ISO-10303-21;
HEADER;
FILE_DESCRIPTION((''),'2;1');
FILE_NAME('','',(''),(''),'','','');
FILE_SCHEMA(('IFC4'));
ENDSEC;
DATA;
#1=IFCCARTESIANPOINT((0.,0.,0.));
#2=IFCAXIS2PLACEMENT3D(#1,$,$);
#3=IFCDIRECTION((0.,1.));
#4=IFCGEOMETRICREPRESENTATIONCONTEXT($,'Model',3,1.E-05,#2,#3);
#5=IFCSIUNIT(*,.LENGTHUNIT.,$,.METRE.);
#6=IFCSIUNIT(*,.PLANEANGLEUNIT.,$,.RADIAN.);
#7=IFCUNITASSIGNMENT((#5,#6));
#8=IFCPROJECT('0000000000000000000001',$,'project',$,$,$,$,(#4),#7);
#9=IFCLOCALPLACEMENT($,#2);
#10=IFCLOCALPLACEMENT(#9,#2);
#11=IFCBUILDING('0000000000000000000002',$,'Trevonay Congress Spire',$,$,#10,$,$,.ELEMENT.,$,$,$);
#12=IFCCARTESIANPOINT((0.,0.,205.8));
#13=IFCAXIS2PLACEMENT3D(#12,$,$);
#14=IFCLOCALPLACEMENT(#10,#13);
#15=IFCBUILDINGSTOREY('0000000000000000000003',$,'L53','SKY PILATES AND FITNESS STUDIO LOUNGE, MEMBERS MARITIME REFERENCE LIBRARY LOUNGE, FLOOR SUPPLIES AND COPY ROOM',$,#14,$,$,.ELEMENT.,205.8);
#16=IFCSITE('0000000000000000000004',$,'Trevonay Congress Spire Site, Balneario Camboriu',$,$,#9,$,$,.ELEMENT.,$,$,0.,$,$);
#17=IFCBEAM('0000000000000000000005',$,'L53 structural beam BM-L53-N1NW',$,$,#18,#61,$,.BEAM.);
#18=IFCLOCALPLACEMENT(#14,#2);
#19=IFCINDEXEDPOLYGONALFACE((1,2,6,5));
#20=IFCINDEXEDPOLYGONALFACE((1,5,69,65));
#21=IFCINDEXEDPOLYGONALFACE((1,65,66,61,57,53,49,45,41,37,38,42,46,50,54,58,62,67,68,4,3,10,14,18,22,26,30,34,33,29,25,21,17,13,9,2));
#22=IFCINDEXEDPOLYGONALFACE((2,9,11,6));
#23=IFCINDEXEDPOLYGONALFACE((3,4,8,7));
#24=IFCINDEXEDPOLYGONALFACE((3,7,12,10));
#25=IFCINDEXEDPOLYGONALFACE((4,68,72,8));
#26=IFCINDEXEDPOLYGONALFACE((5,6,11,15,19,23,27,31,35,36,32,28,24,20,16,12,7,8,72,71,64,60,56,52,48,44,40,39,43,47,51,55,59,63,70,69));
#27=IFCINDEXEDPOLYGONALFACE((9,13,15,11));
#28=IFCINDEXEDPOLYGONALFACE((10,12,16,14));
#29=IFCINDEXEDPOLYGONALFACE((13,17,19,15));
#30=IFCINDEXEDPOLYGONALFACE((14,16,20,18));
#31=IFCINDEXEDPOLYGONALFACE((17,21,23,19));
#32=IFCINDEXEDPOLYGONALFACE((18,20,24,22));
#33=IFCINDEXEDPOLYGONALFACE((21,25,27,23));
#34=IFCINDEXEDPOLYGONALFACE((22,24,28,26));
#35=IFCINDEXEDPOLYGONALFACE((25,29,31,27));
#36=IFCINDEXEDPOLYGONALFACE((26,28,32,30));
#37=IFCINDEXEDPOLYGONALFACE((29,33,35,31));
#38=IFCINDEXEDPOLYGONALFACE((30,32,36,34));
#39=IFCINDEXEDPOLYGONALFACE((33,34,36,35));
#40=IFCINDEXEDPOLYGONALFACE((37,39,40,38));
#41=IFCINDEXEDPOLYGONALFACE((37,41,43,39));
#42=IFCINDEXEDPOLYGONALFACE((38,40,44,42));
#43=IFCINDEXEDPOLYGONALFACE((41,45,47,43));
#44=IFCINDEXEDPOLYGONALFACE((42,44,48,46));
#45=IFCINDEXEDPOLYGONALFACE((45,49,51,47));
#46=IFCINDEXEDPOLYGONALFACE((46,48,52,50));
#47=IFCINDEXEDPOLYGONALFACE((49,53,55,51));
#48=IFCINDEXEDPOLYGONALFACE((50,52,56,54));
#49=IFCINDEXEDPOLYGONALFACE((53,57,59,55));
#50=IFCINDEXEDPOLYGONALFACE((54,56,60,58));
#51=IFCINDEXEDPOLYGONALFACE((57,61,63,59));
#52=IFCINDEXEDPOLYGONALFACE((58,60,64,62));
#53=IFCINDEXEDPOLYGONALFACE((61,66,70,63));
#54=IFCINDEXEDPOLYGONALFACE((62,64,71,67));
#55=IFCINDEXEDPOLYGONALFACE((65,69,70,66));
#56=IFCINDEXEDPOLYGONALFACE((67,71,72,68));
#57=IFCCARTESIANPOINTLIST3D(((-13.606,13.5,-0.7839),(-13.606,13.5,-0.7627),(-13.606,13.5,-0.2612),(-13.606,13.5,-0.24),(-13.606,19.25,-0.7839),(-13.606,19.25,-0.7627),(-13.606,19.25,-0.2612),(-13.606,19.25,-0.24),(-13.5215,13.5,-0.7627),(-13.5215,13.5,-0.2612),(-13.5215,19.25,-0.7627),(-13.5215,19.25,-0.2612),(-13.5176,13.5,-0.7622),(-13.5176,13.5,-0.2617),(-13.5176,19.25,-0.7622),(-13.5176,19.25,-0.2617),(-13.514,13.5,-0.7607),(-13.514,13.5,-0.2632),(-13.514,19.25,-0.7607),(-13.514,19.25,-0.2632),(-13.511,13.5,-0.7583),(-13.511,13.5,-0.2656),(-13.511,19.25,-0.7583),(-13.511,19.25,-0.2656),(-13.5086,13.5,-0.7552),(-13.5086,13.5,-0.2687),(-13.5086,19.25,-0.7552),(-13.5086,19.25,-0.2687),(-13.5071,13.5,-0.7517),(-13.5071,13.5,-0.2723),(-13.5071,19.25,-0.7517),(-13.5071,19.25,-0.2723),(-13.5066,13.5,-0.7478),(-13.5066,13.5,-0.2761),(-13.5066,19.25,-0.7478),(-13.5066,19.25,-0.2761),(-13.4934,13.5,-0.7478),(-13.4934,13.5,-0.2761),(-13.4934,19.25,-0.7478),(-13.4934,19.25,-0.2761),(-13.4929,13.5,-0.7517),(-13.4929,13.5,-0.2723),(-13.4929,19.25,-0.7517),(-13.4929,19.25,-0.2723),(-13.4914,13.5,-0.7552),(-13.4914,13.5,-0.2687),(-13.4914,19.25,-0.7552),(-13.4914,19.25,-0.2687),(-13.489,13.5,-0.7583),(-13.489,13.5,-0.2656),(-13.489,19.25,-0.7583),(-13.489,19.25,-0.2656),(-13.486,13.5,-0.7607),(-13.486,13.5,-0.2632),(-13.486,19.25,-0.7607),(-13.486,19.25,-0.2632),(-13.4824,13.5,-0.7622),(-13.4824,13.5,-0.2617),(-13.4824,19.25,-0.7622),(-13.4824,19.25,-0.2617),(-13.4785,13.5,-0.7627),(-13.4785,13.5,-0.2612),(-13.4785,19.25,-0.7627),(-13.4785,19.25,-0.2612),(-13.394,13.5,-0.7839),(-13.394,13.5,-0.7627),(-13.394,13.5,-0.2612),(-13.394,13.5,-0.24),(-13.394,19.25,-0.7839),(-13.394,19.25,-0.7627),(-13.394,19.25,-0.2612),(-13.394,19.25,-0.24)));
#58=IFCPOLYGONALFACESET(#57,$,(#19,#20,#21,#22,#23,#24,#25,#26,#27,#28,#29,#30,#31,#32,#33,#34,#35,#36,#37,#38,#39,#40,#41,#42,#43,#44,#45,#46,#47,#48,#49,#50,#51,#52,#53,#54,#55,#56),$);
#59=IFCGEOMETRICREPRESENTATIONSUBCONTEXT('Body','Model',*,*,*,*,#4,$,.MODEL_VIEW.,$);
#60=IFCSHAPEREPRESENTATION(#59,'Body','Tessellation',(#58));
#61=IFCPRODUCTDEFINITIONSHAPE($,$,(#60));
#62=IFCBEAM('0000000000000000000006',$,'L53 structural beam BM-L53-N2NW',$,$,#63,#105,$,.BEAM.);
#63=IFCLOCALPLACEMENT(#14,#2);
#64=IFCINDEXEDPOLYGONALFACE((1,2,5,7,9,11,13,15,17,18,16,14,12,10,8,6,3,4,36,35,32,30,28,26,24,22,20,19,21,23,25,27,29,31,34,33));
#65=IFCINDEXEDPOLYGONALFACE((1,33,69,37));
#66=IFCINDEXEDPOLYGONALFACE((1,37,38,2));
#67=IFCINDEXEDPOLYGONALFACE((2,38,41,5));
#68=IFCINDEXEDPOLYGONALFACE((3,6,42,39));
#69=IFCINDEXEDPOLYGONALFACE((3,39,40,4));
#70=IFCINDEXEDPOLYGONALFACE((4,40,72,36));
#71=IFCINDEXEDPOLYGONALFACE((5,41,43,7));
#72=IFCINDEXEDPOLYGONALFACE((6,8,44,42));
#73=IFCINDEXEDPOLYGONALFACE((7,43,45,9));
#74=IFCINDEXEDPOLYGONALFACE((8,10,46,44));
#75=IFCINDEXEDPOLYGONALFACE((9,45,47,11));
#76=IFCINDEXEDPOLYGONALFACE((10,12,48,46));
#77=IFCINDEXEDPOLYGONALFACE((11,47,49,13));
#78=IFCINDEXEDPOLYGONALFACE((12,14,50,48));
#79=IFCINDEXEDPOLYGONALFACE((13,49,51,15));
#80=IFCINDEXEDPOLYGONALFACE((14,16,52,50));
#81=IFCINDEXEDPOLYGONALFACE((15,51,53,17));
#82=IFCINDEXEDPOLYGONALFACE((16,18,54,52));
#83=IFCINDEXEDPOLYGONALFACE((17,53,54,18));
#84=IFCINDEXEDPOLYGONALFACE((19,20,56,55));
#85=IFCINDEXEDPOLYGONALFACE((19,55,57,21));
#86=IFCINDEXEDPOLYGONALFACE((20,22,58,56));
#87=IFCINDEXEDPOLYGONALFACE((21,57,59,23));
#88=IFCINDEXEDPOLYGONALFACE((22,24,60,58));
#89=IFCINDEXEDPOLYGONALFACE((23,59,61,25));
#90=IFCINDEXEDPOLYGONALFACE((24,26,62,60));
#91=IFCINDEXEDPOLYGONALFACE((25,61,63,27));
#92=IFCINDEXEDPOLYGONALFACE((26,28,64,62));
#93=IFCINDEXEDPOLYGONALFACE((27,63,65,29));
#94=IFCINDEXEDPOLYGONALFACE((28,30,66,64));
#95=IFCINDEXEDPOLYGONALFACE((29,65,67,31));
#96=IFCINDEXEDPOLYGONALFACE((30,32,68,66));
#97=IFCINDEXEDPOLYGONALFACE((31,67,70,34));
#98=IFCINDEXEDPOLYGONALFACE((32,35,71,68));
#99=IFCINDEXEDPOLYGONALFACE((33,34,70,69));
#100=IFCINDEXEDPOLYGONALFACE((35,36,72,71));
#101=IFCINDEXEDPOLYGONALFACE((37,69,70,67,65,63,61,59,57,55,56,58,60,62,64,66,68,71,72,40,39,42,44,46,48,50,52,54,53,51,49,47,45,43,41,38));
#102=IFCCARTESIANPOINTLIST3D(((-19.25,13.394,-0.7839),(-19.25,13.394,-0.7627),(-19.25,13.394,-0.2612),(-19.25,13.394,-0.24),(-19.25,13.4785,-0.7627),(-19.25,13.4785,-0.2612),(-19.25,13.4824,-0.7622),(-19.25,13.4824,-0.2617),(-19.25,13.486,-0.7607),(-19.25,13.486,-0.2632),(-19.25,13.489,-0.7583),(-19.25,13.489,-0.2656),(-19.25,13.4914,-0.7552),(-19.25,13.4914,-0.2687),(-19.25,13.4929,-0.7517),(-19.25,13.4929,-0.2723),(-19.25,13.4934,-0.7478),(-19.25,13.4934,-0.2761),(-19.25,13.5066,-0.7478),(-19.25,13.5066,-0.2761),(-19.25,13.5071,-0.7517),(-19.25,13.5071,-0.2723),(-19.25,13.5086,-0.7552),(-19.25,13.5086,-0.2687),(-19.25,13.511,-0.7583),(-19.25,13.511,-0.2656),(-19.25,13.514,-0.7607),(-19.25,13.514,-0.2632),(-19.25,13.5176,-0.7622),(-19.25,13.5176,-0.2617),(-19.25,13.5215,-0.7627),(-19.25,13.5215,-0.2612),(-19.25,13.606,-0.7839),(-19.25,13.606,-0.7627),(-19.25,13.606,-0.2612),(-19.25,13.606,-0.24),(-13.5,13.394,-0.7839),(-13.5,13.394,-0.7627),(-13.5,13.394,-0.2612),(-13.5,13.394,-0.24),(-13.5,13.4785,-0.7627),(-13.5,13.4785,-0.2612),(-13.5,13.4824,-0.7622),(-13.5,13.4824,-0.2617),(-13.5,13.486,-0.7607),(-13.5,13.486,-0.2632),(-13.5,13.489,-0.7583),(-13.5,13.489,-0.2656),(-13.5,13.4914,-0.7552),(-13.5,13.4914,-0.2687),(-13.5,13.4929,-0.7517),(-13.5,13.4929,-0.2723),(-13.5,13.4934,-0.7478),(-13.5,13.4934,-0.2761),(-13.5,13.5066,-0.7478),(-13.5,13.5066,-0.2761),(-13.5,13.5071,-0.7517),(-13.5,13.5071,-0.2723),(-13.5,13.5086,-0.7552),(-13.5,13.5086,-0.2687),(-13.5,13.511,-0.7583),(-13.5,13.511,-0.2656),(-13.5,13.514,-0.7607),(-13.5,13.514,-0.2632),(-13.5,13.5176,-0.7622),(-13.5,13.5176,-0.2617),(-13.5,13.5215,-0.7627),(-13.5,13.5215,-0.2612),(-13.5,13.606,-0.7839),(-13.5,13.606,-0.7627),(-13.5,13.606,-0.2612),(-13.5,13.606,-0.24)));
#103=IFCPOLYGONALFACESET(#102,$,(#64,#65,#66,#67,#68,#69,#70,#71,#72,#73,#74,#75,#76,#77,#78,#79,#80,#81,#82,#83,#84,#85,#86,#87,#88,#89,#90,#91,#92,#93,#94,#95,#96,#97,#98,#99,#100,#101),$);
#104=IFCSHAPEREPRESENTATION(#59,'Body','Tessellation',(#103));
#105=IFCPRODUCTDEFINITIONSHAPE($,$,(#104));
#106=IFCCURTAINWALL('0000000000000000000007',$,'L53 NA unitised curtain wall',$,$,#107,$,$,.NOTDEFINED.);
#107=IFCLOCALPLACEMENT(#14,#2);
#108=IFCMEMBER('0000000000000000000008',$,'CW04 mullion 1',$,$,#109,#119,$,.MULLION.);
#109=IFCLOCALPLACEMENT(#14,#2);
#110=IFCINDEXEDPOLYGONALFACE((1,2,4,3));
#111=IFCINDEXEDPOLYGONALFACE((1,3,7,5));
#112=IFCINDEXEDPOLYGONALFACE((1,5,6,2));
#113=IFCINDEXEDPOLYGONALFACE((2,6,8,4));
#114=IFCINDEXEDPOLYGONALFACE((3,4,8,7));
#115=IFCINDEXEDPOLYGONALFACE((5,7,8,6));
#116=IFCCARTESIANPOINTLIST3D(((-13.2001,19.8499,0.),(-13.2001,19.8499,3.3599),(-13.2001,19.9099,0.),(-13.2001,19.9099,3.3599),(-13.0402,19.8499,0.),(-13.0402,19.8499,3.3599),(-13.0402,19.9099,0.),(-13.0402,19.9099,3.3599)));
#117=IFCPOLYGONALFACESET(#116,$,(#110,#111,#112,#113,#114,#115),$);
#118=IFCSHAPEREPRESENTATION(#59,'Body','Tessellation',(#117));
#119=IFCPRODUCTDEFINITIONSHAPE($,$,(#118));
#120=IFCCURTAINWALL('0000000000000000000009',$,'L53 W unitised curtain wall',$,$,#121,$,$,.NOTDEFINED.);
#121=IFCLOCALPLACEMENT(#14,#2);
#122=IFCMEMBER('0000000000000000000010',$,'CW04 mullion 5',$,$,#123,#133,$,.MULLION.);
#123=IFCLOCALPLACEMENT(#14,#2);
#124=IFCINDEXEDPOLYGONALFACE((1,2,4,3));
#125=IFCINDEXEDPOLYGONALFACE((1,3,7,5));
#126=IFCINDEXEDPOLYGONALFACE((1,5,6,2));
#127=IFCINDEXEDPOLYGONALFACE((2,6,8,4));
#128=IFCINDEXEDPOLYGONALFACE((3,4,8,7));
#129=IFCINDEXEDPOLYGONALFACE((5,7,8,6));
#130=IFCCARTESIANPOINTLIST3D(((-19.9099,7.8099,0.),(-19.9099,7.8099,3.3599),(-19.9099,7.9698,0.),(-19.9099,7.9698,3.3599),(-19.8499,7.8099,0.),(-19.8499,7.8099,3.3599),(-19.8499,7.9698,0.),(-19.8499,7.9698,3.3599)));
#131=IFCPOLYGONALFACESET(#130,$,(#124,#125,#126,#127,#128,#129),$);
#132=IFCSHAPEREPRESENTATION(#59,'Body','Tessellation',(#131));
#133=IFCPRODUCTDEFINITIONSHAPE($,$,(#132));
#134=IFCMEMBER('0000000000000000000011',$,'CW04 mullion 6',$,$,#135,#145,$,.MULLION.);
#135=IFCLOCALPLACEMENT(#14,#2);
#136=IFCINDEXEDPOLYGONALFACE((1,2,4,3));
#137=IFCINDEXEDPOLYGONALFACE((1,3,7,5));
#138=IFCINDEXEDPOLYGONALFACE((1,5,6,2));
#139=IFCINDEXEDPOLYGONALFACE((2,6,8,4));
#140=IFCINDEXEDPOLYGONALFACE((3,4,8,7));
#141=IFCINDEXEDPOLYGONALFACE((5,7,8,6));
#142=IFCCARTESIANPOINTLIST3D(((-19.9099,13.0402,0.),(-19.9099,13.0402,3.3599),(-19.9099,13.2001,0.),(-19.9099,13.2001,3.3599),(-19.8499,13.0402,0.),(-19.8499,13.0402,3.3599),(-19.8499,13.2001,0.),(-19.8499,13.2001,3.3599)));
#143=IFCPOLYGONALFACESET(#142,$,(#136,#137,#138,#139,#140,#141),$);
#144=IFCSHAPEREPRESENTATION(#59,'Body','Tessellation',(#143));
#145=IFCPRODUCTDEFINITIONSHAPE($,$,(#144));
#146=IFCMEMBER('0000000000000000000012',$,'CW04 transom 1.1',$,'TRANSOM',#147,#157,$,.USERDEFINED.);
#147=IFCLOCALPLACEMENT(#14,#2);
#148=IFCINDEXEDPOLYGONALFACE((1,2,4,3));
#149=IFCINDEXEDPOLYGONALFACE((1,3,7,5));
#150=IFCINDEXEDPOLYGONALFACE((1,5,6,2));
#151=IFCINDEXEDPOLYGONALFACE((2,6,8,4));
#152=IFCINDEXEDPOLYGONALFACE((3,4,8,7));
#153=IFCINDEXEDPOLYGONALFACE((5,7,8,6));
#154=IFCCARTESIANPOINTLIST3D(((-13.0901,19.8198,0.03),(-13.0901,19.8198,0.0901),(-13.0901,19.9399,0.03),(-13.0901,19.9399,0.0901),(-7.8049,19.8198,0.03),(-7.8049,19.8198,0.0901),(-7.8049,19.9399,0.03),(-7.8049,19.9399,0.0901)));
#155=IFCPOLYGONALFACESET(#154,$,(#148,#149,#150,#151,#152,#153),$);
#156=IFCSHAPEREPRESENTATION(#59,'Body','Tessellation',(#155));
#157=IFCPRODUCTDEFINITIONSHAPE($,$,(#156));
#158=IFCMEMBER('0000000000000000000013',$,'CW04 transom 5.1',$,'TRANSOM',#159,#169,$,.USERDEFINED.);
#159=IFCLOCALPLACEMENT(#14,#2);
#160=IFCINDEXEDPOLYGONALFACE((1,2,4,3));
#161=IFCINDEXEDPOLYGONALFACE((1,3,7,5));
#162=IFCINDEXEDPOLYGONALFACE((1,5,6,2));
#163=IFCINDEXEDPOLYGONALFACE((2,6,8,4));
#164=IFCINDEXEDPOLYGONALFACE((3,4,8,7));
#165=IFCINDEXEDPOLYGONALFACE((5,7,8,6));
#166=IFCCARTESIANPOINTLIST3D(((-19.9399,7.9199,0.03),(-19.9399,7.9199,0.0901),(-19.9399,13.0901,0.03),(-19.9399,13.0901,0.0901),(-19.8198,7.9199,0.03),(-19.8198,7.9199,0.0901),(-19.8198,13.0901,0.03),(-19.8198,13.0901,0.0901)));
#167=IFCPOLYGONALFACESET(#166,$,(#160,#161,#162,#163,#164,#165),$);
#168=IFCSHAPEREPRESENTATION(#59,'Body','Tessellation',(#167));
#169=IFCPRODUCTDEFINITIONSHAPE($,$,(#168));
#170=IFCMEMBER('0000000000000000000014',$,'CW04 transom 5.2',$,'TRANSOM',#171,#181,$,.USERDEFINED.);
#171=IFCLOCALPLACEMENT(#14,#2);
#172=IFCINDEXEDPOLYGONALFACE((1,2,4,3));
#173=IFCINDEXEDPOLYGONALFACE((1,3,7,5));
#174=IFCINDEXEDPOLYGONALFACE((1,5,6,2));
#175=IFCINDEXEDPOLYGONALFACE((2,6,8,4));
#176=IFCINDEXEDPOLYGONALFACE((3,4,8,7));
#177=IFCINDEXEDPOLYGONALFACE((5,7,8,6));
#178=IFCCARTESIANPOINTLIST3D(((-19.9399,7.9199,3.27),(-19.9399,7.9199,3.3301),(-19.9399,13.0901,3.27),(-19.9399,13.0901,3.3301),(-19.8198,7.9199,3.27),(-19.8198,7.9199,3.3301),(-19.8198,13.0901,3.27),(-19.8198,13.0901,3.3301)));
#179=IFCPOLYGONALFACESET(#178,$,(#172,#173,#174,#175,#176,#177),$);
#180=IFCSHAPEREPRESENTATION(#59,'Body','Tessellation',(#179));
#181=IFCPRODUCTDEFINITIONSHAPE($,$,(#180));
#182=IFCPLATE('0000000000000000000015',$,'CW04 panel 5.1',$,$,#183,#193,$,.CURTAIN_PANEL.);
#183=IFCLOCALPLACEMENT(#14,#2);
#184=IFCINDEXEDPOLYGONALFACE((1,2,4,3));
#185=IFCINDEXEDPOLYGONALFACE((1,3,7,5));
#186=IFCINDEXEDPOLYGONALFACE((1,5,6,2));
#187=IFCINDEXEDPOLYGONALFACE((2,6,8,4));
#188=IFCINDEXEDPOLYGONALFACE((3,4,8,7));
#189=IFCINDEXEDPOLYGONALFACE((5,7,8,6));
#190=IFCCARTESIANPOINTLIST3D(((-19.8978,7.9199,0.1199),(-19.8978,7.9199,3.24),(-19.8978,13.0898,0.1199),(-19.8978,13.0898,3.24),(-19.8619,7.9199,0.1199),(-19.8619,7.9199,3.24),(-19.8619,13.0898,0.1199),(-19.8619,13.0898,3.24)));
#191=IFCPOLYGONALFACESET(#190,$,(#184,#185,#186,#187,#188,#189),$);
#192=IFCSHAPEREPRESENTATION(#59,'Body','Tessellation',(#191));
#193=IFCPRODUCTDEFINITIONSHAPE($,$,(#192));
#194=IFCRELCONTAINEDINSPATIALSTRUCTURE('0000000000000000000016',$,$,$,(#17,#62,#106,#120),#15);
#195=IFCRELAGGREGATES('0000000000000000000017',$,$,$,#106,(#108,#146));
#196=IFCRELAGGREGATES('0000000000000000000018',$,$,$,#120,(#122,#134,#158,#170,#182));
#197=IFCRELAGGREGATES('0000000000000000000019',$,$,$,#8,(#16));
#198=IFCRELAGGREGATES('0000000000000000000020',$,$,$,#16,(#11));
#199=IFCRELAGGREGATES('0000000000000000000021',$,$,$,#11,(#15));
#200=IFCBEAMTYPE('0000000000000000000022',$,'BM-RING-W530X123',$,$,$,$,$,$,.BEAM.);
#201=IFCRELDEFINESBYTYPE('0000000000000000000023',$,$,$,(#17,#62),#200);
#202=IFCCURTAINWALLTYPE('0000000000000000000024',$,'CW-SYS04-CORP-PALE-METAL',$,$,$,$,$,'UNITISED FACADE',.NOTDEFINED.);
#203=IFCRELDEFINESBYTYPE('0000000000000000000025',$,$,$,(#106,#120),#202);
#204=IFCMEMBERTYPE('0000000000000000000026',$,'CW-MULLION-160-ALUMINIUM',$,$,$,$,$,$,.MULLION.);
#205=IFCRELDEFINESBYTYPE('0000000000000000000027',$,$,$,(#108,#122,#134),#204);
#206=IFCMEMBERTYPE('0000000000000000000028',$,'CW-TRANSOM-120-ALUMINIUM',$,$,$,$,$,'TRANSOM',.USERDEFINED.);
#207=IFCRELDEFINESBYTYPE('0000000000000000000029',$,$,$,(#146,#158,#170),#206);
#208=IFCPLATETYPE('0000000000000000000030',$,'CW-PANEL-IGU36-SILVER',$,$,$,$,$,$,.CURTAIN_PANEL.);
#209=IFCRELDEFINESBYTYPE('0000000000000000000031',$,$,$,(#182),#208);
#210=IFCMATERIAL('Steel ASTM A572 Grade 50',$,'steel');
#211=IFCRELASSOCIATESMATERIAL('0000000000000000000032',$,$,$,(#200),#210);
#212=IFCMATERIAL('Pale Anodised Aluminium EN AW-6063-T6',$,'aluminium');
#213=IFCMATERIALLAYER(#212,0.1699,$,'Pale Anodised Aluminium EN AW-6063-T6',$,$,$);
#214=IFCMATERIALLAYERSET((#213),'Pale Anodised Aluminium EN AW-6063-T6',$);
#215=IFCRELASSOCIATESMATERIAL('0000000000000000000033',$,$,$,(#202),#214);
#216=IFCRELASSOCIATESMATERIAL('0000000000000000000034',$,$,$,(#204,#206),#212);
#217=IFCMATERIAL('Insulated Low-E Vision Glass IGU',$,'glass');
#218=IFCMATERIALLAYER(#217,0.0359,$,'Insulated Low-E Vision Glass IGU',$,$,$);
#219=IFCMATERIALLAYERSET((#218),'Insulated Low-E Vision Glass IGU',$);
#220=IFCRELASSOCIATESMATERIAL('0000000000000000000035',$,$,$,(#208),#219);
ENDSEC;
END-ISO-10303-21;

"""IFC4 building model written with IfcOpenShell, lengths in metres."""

from ifc_helpers import new_model, si_unit, direction, frame, origin, origin_2d, place, context, subcontext, project, spatial, rectangle, i_section, extrude, material, layer, layer_set, material_profile, profile_set, type_object, element, aggregate, save


model = new_model("IFC4")

# Units and contexts
model_context = context("Model", 3, precision=1e-05, world=origin(), true_north=direction((0.0, 1.0)))
body_context = subcontext(model_context, "Body", "Model", "MODEL_VIEW")
ifc_project = project(units=[si_unit("LENGTHUNIT", "METRE"), si_unit("PLANEANGLEUNIT", "RADIAN")], contexts=[model_context])

# Site, building, storey
site_placement = place(None, origin())
site = spatial("IfcSite", under=ifc_project, at=site_placement, Name="Trevonay Congress Spire Site, Balneario Camboriu", CompositionType="ELEMENT", RefElevation=0.0)
building_placement = place(site_placement, origin())
building = spatial("IfcBuilding", under=site, at=building_placement, Name="Trevonay Congress Spire", CompositionType="ELEMENT")
storey_placement = place(building_placement, frame((0.0, 0.0, 205.8)))
storey = spatial("IfcBuildingStorey", under=building, at=storey_placement, Name="L53", Description="SKY PILATES AND FITNESS STUDIO LOUNGE, MEMBERS MARITIME REFERENCE LIBRARY LOUNGE, FLOOR SUPPLIES AND COPY ROOM", CompositionType="ELEMENT", Elevation=205.8)

# Shared definitions
ifc_material_1 = material(Name="Steel ASTM A572 Grade 50", Category="steel")

# Beams
ifc_material_profile_1 = material_profile(ifc_material_1, i_section(OverallWidth=0.2119, OverallDepth=0.5439, WebThickness=0.0132, FlangeThickness=0.0212, FilletRadius=0.0149, at=origin_2d()), Name="W530x123")
ifc_profile_set_1 = profile_set([ifc_material_profile_1], Name="Steel ASTM A572 Grade 50")
beam_type = type_object("IfcBeamType", Name="BM-RING-W530X123", PredefinedType="BEAM", material=ifc_profile_set_1)
for number, where, z_axis, x_axis, name in (
    (1, (-13.5, 19.25, -0.512), (0.0, -1.0, 0.0), (1.0, 0.0, 0.0), "L53 structural beam BM-L53-N1NW"),
    (2, (-19.25, 13.5, -0.512), (1.0, 0.0, 0.0), (0.0, 1.0, 0.0), "L53 structural beam BM-L53-N2NW"),
):
    element("IfcBeam", number, at=place(storey_placement, frame(where, z_axis=z_axis, x_axis=x_axis)), inside=storey, type_object=beam_type, Name=name, PredefinedType="BEAM", context=body_context, shape_type="SweptSolid", body=[
        extrude(i_section(OverallWidth=0.2119, OverallDepth=0.5439, WebThickness=0.0132, FlangeThickness=0.0212, FilletRadius=0.0149, at=origin_2d()), origin(), (0.0, 0.0, 1.0), 5.75),
    ])

# Curtain wall, member
ifc_material_2 = material(Name="Pale Anodised Aluminium EN AW-6063-T6", Category="aluminium")
ifc_layer_1 = layer(ifc_material_2, 0.1699, Name="Pale Anodised Aluminium EN AW-6063-T6")
ifc_layer_set_1 = layer_set([ifc_layer_1], Name="Pale Anodised Aluminium EN AW-6063-T6")
curtain_wall_type = type_object("IfcCurtainWallType", Name="CW-SYS04-CORP-PALE-METAL", ElementType="UNITISED FACADE", PredefinedType="NOTDEFINED", material=ifc_layer_set_1)
curtain_wall_1_placement = place(storey_placement, origin())
curtain_wall_1 = element("IfcCurtainWall", 3, at=curtain_wall_1_placement, inside=storey, type_object=curtain_wall_type, Name="L53 NA unitised curtain wall", PredefinedType="NOTDEFINED")
ifc_material_profile_2 = material_profile(ifc_material_2, rectangle(XDim=0.0601, YDim=0.1599, at=origin_2d()), Name="CW-MULLION-160-ALUMINIUM")
ifc_profile_set_2 = profile_set([ifc_material_profile_2], Name="Pale Anodised Aluminium EN AW-6063-T6")
member_type_1 = type_object("IfcMemberType", Name="CW-MULLION-160-ALUMINIUM", PredefinedType="MULLION", material=ifc_profile_set_2)
member_1_placement = place(storey_placement, frame((-13.1201, 19.8799, 0.0), z_axis=(0.0, 0.0, 1.0), x_axis=(0.0, 1.0, 0.0)))
member_1 = element("IfcMember", 4, at=member_1_placement, type_object=member_type_1, Name="CW04 mullion 1", PredefinedType="MULLION", context=body_context, shape_type="SweptSolid", body=[
    extrude(rectangle(XDim=0.0601, YDim=0.1599, at=origin_2d()), origin(), (0.0, 0.0, 1.0), 3.3599),
])

# Curtain wall, members
curtain_wall_2_placement = place(storey_placement, origin())
curtain_wall_2 = element("IfcCurtainWall", 5, at=curtain_wall_2_placement, inside=storey, type_object=curtain_wall_type, Name="L53 W unitised curtain wall", PredefinedType="NOTDEFINED")
member_2_placement = place(storey_placement, frame((-19.8799, 7.8899, 0.0), z_axis=(0.0, 0.0, 1.0), x_axis=(-1.0, 0.0, 0.0)))
member_2 = element("IfcMember", 6, at=member_2_placement, type_object=member_type_1, Name="CW04 mullion 5", PredefinedType="MULLION", context=body_context, shape_type="SweptSolid", body=[
    extrude(rectangle(XDim=0.0601, YDim=0.1599, at=origin_2d()), origin(), (0.0, 0.0, 1.0), 3.3599),
])
member_3_placement = place(storey_placement, frame((-19.8799, 13.1201, 0.0), z_axis=(0.0, 0.0, 1.0), x_axis=(-1.0, 0.0, 0.0)))
member_3 = element("IfcMember", 7, at=member_3_placement, type_object=member_type_1, Name="CW04 mullion 6", PredefinedType="MULLION", context=body_context, shape_type="SweptSolid", body=[
    extrude(rectangle(XDim=0.0601, YDim=0.1599, at=origin_2d()), origin(), (0.0, 0.0, 1.0), 3.3599),
])

# Members
ifc_material_profile_3 = material_profile(ifc_material_2, rectangle(XDim=0.1201, YDim=0.0601, at=origin_2d()), Name="CW-TRANSOM-120-ALUMINIUM")
ifc_profile_set_3 = profile_set([ifc_material_profile_3], Name="Pale Anodised Aluminium EN AW-6063-T6")
member_type_2 = type_object("IfcMemberType", Name="CW-TRANSOM-120-ALUMINIUM", ElementType="TRANSOM", PredefinedType="USERDEFINED", material=ifc_profile_set_3)
member_4_placement = place(storey_placement, frame((-13.0901, 19.8799, 0.0601), z_axis=(1.0, 0.0, 0.0), x_axis=(0.0, 1.0, 0.0)))
member_4 = element("IfcMember", 8, at=member_4_placement, type_object=member_type_2, Name="CW04 transom 1.1", ObjectType="TRANSOM", PredefinedType="USERDEFINED", context=body_context, shape_type="SweptSolid", body=[
    extrude(rectangle(XDim=0.1201, YDim=0.0601, at=origin_2d()), origin(), (0.0, 0.0, 1.0), 5.2852),
])
aggregate(curtain_wall_1, [member_1, member_4])
member_5_placement = place(storey_placement, frame((-19.8799, 7.9199, 0.0601), z_axis=(0.0, 1.0, 0.0), x_axis=(-1.0, 0.0, 0.0)))
member_5 = element("IfcMember", 9, at=member_5_placement, type_object=member_type_2, Name="CW04 transom 5.1", ObjectType="TRANSOM", PredefinedType="USERDEFINED", context=body_context, shape_type="SweptSolid", body=[
    extrude(rectangle(XDim=0.1201, YDim=0.0601, at=origin_2d()), origin(), (0.0, 0.0, 1.0), 5.1702),
])
member_6_placement = place(storey_placement, frame((-19.8799, 7.9199, 3.3), z_axis=(0.0, 1.0, 0.0), x_axis=(-1.0, 0.0, 0.0)))
member_6 = element("IfcMember", 10, at=member_6_placement, type_object=member_type_2, Name="CW04 transom 5.2", ObjectType="TRANSOM", PredefinedType="USERDEFINED", context=body_context, shape_type="SweptSolid", body=[
    extrude(rectangle(XDim=0.1201, YDim=0.0601, at=origin_2d()), origin(), (0.0, 0.0, 1.0), 5.1702),
])

# Plate
ifc_material_3 = material(Name="Insulated Low-E Vision Glass IGU", Category="glass")
ifc_layer_2 = layer(ifc_material_3, 0.0359, Name="Insulated Low-E Vision Glass IGU")
ifc_layer_set_2 = layer_set([ifc_layer_2], Name="Insulated Low-E Vision Glass IGU")
plate_type = type_object("IfcPlateType", Name="CW-PANEL-IGU36-SILVER", PredefinedType="CURTAIN_PANEL", material=ifc_layer_set_2)
plate_placement = place(storey_placement, frame((-19.8799, 10.5049, 0.1199), z_axis=(0.0, 0.0, 1.0), x_axis=(0.0, 1.0, 0.0)))
plate = element("IfcPlate", 11, at=plate_placement, type_object=plate_type, Name="CW04 panel 5.1", PredefinedType="CURTAIN_PANEL", context=body_context, shape_type="SweptSolid", body=[
    extrude(rectangle(XDim=5.1699, YDim=0.0359, at=origin_2d()), origin(), (0.0, 0.0, 1.0), 3.1201),
])
aggregate(curtain_wall_2, [member_2, member_3, member_5, member_6, plate])

save(model, "model.ifc")
